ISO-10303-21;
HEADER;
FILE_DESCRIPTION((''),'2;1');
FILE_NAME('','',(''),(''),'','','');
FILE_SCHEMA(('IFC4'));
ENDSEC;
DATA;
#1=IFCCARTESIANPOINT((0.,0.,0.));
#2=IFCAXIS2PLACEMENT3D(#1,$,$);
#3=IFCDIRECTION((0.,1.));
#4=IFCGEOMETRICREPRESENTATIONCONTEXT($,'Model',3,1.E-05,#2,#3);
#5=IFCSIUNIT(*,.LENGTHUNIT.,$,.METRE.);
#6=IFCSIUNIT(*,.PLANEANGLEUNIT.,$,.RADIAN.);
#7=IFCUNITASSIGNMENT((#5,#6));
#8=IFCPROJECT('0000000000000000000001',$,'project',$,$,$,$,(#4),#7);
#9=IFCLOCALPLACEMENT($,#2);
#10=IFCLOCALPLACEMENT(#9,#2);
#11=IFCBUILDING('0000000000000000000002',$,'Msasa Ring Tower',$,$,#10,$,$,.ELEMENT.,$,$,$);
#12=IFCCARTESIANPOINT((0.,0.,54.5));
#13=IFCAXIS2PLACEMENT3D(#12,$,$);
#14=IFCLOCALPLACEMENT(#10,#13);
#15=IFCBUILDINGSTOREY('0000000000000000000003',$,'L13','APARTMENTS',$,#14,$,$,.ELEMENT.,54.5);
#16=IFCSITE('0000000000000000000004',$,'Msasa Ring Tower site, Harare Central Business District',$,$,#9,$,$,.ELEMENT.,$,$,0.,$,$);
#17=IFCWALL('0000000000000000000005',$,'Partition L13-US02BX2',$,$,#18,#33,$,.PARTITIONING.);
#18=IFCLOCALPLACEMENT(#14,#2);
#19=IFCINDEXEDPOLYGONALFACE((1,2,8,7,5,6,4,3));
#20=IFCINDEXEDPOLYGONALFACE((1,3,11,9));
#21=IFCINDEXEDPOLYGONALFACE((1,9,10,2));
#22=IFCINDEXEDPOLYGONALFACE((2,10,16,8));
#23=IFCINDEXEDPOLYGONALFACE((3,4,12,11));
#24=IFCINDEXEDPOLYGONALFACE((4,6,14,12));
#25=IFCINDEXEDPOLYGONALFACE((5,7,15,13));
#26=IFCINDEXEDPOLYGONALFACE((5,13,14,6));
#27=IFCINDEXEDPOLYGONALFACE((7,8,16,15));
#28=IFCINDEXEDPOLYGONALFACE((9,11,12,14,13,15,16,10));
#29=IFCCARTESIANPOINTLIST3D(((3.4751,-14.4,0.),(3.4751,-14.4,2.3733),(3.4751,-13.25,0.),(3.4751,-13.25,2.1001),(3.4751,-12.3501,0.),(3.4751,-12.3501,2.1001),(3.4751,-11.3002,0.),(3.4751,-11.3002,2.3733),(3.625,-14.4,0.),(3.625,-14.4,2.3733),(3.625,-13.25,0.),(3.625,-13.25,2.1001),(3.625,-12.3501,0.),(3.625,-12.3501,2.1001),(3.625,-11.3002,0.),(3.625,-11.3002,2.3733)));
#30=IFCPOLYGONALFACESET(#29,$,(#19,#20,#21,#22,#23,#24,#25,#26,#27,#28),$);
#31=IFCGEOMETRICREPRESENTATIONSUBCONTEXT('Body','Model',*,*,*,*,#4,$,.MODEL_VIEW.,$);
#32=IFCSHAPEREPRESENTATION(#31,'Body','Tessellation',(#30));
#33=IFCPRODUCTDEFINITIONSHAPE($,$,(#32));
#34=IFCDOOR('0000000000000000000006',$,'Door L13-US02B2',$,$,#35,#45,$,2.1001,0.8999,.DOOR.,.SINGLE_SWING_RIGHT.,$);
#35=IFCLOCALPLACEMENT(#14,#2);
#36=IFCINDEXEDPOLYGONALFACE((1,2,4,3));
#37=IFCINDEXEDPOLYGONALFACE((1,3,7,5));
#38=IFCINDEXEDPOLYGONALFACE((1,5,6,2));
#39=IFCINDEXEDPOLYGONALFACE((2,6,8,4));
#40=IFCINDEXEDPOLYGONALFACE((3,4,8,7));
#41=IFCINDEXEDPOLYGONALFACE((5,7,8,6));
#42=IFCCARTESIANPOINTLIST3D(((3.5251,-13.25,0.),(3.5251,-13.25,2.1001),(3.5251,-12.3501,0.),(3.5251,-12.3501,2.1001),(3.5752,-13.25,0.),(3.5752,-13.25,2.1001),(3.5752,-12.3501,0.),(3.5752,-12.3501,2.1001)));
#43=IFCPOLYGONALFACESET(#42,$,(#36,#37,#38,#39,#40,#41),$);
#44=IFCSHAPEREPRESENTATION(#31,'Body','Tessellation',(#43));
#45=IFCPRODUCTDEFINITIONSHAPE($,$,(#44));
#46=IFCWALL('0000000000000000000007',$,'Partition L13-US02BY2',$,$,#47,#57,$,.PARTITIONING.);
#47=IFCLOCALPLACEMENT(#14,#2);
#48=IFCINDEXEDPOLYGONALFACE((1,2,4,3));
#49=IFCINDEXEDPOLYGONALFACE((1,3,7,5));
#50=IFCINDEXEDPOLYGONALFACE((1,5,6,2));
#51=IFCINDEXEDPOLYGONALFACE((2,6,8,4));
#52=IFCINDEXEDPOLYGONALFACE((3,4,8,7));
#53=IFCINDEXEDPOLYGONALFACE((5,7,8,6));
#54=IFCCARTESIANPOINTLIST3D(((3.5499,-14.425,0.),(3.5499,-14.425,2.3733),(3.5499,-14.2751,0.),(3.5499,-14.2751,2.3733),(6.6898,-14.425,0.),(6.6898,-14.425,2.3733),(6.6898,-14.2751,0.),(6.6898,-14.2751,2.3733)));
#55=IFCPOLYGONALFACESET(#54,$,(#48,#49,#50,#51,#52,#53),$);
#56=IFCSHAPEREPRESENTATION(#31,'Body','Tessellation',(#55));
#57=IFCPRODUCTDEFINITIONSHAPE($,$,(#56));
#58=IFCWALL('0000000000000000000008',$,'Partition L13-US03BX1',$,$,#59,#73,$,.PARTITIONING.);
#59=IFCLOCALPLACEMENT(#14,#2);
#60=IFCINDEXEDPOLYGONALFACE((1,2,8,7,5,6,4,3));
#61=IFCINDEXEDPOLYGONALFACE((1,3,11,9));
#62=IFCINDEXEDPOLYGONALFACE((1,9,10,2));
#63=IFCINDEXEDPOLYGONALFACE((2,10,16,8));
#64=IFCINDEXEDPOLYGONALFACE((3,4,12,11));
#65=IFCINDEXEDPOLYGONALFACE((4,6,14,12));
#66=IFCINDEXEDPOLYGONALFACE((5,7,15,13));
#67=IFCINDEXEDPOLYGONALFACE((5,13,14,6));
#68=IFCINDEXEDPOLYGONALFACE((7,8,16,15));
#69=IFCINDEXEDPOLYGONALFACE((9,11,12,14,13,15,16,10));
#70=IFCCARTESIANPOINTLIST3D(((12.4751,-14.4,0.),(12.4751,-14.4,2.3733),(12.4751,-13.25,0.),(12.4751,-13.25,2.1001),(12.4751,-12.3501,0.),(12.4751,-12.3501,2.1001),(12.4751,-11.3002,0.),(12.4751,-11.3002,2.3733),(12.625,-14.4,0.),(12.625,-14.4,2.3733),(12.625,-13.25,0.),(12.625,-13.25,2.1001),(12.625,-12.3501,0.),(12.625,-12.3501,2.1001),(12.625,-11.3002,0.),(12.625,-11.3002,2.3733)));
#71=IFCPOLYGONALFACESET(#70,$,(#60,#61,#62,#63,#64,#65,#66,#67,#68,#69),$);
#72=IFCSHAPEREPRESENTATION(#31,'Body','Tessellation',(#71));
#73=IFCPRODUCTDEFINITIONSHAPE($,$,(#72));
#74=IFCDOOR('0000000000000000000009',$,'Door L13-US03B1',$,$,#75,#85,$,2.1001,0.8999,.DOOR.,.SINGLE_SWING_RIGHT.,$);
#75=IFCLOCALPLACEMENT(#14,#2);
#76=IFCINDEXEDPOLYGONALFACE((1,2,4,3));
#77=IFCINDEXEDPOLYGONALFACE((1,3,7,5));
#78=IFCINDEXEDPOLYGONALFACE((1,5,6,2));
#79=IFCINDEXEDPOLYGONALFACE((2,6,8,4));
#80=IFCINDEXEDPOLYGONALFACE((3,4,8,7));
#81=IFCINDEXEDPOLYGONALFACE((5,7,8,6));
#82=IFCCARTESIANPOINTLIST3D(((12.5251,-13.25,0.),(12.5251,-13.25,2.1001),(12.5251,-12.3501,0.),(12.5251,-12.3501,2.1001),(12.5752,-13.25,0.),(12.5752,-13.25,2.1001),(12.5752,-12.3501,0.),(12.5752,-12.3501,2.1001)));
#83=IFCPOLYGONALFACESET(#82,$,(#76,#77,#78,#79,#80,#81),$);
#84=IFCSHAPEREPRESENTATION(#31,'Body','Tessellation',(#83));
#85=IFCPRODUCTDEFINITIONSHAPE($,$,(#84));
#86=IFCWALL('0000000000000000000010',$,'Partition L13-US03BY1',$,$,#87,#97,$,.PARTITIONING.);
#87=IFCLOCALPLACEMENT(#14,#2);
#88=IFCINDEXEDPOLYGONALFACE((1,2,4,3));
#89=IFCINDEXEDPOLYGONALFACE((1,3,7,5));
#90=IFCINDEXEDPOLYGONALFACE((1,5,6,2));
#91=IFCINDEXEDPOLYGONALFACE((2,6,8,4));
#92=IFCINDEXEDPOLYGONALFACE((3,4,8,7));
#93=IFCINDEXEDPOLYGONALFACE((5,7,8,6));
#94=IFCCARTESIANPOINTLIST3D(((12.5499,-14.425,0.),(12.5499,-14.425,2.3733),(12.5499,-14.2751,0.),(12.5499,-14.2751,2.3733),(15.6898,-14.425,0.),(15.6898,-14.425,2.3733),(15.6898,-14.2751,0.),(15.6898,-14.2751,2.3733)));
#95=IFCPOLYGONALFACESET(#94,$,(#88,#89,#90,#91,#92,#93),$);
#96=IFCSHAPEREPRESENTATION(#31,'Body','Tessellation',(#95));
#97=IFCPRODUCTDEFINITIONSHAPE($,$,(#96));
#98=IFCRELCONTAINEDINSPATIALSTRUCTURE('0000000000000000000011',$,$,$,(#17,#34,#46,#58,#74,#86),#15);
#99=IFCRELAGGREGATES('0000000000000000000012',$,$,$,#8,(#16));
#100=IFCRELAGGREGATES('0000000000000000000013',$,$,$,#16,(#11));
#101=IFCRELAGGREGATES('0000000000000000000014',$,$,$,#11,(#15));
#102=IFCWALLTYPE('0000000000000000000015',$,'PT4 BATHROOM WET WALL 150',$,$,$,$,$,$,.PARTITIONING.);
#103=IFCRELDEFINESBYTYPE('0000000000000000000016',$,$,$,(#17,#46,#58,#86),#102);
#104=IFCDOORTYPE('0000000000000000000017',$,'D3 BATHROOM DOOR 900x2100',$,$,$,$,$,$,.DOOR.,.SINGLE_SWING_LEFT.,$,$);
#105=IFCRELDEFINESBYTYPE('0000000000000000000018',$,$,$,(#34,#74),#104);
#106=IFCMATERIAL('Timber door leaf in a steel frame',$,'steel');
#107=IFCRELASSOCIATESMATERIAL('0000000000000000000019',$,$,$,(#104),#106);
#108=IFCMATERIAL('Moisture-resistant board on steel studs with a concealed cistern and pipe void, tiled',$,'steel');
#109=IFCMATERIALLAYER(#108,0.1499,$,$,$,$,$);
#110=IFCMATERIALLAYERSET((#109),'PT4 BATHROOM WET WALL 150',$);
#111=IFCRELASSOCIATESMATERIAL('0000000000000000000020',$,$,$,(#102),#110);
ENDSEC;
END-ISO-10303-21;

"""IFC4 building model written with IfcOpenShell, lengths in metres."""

from ifc_helpers import new_model, si_unit, direction, frame, frame_2d, origin, place, context, subcontext, project, spatial, rectangle, extrude, material, layer, layer_set, type_object, element, fill, save


model = new_model("IFC4")

# Units and contexts
model_context = context("Model", 3, precision=1e-05, world=origin(), true_north=direction((0.0, 1.0)))
body_context = subcontext(model_context, "Body", "Model", "MODEL_VIEW")
ifc_project = project(units=[si_unit("LENGTHUNIT", "METRE"), si_unit("PLANEANGLEUNIT", "RADIAN")], contexts=[model_context])

# Site, building, storey
site_placement = place(None, origin())
site = spatial("IfcSite", under=ifc_project, at=site_placement, Name="Msasa Ring Tower site, Harare Central Business District", CompositionType="ELEMENT", RefElevation=0.0)
building_placement = place(site_placement, origin())
building = spatial("IfcBuilding", under=site, at=building_placement, Name="Msasa Ring Tower", CompositionType="ELEMENT")
storey_placement = place(building_placement, frame((0.0, 0.0, 54.5)))
storey = spatial("IfcBuildingStorey", under=building, at=storey_placement, Name="L13", Description="APARTMENTS", CompositionType="ELEMENT", Elevation=54.5)

# Shared definitions
ifc_material_1 = material(Name="Timber door leaf in a steel frame", Category="steel")
door_type_1 = type_object("IfcDoorType", Name="D3 BATHROOM DOOR 900x2100", OperationType="SINGLE_SWING_LEFT", PredefinedType="DOOR", material=ifc_material_1)

# Wall, opening, door
ifc_material_2 = material(Name="Moisture-resistant board on steel studs with a concealed cistern and pipe void, tiled", Category="steel")
ifc_layer_1 = layer(ifc_material_2, 0.1499)
ifc_layer_set_1 = layer_set([ifc_layer_1], Name="PT4 BATHROOM WET WALL 150")
wall_type_1 = type_object("IfcWallType", Name="PT4 BATHROOM WET WALL 150", PredefinedType="PARTITIONING", material=ifc_layer_set_1)
wall_1_placement = place(storey_placement, frame((3.55, -14.3999, 0.0), z_axis=(0.0, 0.0, 1.0), x_axis=(0.0, 1.0, 0.0)))
wall_1 = element("IfcWall", 1, at=wall_1_placement, inside=storey, type_object=wall_type_1, Name="Partition L13-US02BX2", PredefinedType="PARTITIONING", context=body_context, shape_type="SweptSolid", body=[
    extrude(rectangle(XDim=3.0999, YDim=0.1499, at=frame_2d((1.5498, 0.0))), origin(), (0.0, 0.0, 1.0), 2.3733),
])
opening_1_placement = place(wall_1_placement, frame((1.1499, 0.0, 0.0)))
opening_1 = element("IfcOpeningElement", 2, at=opening_1_placement, cuts=wall_1, PredefinedType="OPENING", context=body_context, shape_type="SweptSolid", body=[
    extrude(rectangle(XDim=0.8999, YDim=2.1001, at=frame_2d((0.45, 1.05))), frame((0.0, 0.085, 0.0), z_axis=(0.0, -1.0, 0.0), x_axis=(1.0, 0.0, 0.0)), (0.0, 0.0, 1.0), 0.1699),
])
door_1_placement = place(opening_1_placement, origin())
door_1 = element("IfcDoor", 3, at=door_1_placement, inside=storey, type_object=door_type_1, Name="Door L13-US02B2", OperationType="SINGLE_SWING_RIGHT", OverallHeight=2.1001, OverallWidth=0.8999, PredefinedType="DOOR", context=body_context, shape_type="SweptSolid", body=[
    extrude(rectangle(XDim=0.8999, YDim=2.1001, at=frame_2d((0.45, 1.05))), frame((0.0, 0.0249, 0.0), z_axis=(0.0, -1.0, 0.0), x_axis=(1.0, 0.0, 0.0)), (0.0, 0.0, 1.0), 0.05),
])
fill(opening_1, door_1)

# Wall
wall_2_placement = place(storey_placement, frame((3.55, -14.3501, 0.0), z_axis=(0.0, 0.0, 1.0), x_axis=(1.0, 0.0, 0.0)))
element("IfcWall", 4, at=wall_2_placement, inside=storey, type_object=wall_type_1, Name="Partition L13-US02BY2", PredefinedType="PARTITIONING", context=body_context, shape_type="SweptSolid", body=[
    extrude(rectangle(XDim=3.1399, YDim=0.1499, at=frame_2d((1.5698, 0.0))), origin(), (0.0, 0.0, 1.0), 2.3733),
])

# Wall, opening, door
wall_3_placement = place(storey_placement, frame((12.55, -14.3999, 0.0), z_axis=(0.0, 0.0, 1.0), x_axis=(0.0, 1.0, 0.0)))
wall_3 = element("IfcWall", 5, at=wall_3_placement, inside=storey, type_object=wall_type_1, Name="Partition L13-US03BX1", PredefinedType="PARTITIONING", context=body_context, shape_type="SweptSolid", body=[
    extrude(rectangle(XDim=3.0999, YDim=0.1499, at=frame_2d((1.5498, 0.0))), origin(), (0.0, 0.0, 1.0), 2.3733),
])
opening_2_placement = place(wall_3_placement, frame((1.1499, 0.0, 0.0)))
opening_2 = element("IfcOpeningElement", 6, at=opening_2_placement, cuts=wall_3, PredefinedType="OPENING", context=body_context, shape_type="SweptSolid", body=[
    extrude(rectangle(XDim=0.8999, YDim=2.1001, at=frame_2d((0.45, 1.05))), frame((0.0, 0.085, 0.0), z_axis=(0.0, -1.0, 0.0), x_axis=(1.0, 0.0, 0.0)), (0.0, 0.0, 1.0), 0.1699),
])
door_2_placement = place(opening_2_placement, origin())
door_2 = element("IfcDoor", 7, at=door_2_placement, inside=storey, type_object=door_type_1, Name="Door L13-US03B1", OperationType="SINGLE_SWING_RIGHT", OverallHeight=2.1001, OverallWidth=0.8999, PredefinedType="DOOR", context=body_context, shape_type="SweptSolid", body=[
    extrude(rectangle(XDim=0.8999, YDim=2.1001, at=frame_2d((0.45, 1.05))), frame((0.0, 0.0249, 0.0), z_axis=(0.0, -1.0, 0.0), x_axis=(1.0, 0.0, 0.0)), (0.0, 0.0, 1.0), 0.05),
])
fill(opening_2, door_2)

# Wall
wall_4_placement = place(storey_placement, frame((12.55, -14.3501, 0.0), z_axis=(0.0, 0.0, 1.0), x_axis=(1.0, 0.0, 0.0)))
element("IfcWall", 8, at=wall_4_placement, inside=storey, type_object=wall_type_1, Name="Partition L13-US03BY1", PredefinedType="PARTITIONING", context=body_context, shape_type="SweptSolid", body=[
    extrude(rectangle(XDim=3.1399, YDim=0.1499, at=frame_2d((1.5698, 0.0))), origin(), (0.0, 0.0, 1.0), 2.3733),
])

save(model, "model.ifc")
